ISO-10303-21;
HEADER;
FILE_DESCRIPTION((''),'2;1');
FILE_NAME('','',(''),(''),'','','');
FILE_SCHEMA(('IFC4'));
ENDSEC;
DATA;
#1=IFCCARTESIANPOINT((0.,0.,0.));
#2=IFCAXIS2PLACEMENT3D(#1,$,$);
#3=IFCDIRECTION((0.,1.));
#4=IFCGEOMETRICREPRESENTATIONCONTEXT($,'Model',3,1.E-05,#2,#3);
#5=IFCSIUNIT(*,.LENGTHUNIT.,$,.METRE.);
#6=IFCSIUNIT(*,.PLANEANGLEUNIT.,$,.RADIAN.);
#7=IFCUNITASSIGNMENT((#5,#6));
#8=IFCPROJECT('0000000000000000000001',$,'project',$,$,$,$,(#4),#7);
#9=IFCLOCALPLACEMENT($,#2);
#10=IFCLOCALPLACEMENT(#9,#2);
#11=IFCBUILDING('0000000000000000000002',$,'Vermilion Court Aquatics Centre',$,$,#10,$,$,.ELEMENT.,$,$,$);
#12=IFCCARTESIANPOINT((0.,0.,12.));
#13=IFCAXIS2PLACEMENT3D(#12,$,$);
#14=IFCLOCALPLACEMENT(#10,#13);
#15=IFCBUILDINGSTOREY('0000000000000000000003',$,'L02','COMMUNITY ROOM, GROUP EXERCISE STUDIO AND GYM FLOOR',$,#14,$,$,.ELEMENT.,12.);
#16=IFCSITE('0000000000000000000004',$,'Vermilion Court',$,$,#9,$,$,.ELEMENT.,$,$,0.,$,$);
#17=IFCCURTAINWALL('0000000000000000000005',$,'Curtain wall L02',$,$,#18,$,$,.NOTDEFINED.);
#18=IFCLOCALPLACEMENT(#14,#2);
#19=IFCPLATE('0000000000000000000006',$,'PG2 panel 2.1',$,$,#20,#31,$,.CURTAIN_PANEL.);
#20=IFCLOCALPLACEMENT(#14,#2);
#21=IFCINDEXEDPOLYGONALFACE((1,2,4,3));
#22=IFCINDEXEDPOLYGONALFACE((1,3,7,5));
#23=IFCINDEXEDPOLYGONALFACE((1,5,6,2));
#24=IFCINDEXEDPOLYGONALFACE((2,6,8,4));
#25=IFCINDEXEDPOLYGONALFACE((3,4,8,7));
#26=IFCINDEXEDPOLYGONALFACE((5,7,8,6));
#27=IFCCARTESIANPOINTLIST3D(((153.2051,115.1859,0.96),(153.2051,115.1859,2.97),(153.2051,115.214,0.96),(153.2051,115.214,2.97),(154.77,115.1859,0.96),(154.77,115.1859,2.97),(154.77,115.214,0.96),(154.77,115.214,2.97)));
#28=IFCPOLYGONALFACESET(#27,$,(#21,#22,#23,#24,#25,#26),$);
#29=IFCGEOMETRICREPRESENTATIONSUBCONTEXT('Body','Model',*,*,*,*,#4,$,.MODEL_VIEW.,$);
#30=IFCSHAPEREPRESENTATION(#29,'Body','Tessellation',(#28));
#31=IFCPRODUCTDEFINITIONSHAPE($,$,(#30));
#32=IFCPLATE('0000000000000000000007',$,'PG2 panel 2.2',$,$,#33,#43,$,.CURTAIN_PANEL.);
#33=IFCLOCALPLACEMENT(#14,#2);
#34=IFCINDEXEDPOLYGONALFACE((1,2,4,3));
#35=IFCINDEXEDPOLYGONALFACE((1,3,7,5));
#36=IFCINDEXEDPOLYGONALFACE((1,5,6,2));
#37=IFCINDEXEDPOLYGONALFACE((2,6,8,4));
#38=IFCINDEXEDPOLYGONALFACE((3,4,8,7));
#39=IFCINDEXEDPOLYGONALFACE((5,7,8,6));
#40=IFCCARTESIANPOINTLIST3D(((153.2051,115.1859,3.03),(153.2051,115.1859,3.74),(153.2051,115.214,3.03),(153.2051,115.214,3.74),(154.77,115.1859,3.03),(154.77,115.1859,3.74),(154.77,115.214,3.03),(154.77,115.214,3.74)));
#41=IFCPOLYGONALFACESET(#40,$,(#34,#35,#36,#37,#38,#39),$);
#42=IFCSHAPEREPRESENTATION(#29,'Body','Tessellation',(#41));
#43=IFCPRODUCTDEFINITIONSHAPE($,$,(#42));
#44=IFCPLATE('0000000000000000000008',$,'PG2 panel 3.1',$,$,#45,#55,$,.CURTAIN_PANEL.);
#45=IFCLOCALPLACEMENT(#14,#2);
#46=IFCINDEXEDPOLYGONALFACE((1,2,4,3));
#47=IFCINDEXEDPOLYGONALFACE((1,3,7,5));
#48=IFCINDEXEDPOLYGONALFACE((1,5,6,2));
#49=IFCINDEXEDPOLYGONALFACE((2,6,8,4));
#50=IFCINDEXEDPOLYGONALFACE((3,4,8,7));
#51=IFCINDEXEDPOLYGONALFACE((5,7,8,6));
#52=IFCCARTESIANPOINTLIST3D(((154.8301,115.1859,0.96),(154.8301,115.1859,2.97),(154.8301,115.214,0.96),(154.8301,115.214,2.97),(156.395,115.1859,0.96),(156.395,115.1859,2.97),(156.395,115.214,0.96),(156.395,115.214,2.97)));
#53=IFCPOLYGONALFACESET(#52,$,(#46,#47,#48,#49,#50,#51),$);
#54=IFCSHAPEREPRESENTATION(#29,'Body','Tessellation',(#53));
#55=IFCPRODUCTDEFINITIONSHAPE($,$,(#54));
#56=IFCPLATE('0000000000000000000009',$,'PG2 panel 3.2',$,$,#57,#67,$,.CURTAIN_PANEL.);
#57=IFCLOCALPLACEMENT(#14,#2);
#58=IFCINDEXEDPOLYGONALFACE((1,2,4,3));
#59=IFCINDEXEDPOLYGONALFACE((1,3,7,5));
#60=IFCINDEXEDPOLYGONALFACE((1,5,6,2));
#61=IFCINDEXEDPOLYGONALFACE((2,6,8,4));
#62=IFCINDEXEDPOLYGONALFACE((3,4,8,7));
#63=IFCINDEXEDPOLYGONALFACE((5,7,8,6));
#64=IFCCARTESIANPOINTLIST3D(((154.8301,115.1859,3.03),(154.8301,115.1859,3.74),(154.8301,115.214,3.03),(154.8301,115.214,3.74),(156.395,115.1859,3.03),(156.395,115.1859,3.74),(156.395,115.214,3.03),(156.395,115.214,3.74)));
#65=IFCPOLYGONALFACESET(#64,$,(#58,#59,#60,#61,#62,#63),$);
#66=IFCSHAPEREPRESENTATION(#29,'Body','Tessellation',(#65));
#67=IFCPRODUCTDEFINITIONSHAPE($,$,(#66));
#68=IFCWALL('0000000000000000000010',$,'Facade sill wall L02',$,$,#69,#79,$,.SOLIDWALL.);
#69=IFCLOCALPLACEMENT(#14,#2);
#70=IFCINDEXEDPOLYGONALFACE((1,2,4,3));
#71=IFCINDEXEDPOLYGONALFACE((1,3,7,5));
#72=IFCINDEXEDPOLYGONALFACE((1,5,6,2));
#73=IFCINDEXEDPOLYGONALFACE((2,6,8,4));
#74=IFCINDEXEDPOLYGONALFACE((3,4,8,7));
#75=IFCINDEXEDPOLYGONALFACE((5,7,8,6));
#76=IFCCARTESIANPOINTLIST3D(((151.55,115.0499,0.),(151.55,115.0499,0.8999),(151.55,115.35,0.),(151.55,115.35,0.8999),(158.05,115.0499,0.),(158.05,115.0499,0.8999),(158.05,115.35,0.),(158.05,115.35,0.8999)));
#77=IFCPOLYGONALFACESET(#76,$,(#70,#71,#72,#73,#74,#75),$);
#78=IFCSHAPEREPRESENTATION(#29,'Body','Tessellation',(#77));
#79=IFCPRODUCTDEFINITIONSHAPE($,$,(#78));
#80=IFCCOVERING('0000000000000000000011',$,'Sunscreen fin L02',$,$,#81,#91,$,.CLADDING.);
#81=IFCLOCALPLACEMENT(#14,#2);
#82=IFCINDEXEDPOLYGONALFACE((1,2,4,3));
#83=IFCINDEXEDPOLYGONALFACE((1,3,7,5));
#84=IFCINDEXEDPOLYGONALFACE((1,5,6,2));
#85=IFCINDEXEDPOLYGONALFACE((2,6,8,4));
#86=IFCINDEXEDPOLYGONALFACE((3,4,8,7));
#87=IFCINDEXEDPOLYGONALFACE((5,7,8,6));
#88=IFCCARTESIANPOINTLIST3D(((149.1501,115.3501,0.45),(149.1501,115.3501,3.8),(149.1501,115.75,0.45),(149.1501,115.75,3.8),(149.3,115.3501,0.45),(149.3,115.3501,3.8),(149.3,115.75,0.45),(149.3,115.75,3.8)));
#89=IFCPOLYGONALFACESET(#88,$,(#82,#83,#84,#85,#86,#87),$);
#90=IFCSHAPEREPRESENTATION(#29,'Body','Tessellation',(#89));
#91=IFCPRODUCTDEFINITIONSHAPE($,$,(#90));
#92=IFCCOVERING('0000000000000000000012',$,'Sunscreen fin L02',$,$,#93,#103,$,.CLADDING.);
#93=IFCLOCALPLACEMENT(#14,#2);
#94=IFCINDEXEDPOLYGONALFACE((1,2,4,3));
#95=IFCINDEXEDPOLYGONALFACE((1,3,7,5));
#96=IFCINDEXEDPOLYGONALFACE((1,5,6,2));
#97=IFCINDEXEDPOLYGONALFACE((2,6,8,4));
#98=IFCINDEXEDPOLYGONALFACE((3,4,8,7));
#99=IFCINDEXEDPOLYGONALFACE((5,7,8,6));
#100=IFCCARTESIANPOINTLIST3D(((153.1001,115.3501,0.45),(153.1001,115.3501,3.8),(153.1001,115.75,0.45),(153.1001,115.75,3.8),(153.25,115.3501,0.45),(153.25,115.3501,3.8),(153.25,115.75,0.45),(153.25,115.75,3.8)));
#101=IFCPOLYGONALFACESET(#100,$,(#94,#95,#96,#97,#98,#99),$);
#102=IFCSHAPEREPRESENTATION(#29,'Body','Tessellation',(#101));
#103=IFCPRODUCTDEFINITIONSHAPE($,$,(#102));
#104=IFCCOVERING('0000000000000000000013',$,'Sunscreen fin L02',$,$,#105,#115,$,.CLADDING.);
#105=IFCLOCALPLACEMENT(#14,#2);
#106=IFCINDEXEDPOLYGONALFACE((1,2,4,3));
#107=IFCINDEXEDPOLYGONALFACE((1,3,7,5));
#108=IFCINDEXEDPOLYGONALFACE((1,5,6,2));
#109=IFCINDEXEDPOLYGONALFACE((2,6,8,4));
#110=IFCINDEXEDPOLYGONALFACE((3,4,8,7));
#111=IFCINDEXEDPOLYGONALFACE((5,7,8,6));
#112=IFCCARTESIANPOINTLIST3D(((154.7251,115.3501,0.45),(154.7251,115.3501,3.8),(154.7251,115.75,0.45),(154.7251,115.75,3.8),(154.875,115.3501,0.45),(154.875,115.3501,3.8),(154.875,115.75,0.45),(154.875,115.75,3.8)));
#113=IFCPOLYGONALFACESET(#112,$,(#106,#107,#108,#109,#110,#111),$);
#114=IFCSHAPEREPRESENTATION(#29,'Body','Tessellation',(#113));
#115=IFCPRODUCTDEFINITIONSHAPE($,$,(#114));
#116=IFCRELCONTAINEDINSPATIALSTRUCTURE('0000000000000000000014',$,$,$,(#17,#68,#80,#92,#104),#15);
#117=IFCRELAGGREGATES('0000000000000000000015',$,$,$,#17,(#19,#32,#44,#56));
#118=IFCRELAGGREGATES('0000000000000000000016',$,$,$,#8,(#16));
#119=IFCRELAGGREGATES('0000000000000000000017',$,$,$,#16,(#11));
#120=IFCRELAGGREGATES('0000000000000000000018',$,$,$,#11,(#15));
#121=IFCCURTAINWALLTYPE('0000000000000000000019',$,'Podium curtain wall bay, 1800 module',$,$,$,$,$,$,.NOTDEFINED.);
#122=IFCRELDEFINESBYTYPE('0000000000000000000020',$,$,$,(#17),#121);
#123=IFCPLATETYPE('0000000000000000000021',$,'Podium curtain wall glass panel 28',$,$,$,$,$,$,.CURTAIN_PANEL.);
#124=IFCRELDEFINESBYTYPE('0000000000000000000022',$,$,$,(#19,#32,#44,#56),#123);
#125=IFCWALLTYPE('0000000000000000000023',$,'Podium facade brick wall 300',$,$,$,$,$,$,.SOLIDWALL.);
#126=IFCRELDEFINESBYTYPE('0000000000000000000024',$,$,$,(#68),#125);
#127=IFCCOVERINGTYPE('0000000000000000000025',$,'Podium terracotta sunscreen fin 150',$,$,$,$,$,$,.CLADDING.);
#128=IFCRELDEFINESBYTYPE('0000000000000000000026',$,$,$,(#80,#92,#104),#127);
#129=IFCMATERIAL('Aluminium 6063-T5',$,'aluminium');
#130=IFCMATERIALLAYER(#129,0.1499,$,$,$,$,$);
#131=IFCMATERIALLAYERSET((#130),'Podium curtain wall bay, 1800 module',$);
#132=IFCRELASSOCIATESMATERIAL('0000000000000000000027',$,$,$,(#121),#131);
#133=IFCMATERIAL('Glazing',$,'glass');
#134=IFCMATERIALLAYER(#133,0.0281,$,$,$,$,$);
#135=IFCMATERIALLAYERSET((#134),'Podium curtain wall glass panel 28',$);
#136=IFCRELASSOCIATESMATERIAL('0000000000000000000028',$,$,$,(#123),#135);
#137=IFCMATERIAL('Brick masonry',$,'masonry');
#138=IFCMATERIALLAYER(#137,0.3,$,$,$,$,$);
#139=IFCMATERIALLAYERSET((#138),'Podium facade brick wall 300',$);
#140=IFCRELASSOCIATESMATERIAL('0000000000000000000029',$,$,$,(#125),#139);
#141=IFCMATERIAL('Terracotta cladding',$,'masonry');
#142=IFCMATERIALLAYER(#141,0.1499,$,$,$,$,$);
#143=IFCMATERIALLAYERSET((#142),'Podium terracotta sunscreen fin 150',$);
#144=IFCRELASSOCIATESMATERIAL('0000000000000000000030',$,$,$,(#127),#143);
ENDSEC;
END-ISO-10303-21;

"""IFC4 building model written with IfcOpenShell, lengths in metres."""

from ifc_helpers import new_model, si_unit, direction, frame, frame_2d, origin, origin_2d, place, context, subcontext, project, spatial, rectangle, extrude, material, layer, layer_set, type_object, element, aggregate, save


model = new_model("IFC4")

# Units and contexts
model_context = context("Model", 3, precision=1e-05, world=origin(), true_north=direction((0.0, 1.0)))
body_context = subcontext(model_context, "Body", "Model", "MODEL_VIEW")
ifc_project = project(units=[si_unit("LENGTHUNIT", "METRE"), si_unit("PLANEANGLEUNIT", "RADIAN")], contexts=[model_context])

# Site, building, storey
site_placement = place(None, origin())
site = spatial("IfcSite", under=ifc_project, at=site_placement, Name="Vermilion Court", CompositionType="ELEMENT", RefElevation=0.0)
building_placement = place(site_placement, origin())
building = spatial("IfcBuilding", under=site, at=building_placement, Name="Vermilion Court Aquatics Centre", CompositionType="ELEMENT")
storey_placement = place(building_placement, frame((0.0, 0.0, 12.0)))
storey = spatial("IfcBuildingStorey", under=building, at=storey_placement, Name="L02", Description="COMMUNITY ROOM, GROUP EXERCISE STUDIO AND GYM FLOOR", CompositionType="ELEMENT", Elevation=12.0)

# Curtain wall
ifc_material_1 = material(Name="Aluminium 6063-T5", Category="aluminium")
ifc_layer_1 = layer(ifc_material_1, 0.1499)
ifc_layer_set_1 = layer_set([ifc_layer_1], Name="Podium curtain wall bay, 1800 module")
curtain_wall_type = type_object("IfcCurtainWallType", Name="Podium curtain wall bay, 1800 module", PredefinedType="NOTDEFINED", material=ifc_layer_set_1)
curtain_wall_1_placement = place(storey_placement, origin())
curtain_wall_1 = element("IfcCurtainWall", 1, at=curtain_wall_1_placement, inside=storey, type_object=curtain_wall_type, Name="Curtain wall L02", PredefinedType="NOTDEFINED")

# Plates
ifc_material_2 = material(Name="Glazing", Category="glass")
ifc_layer_2 = layer(ifc_material_2, 0.0281)
ifc_layer_set_2 = layer_set([ifc_layer_2], Name="Podium curtain wall glass panel 28")
plate_type = type_object("IfcPlateType", Name="Podium curtain wall glass panel 28", PredefinedType="CURTAIN_PANEL", material=ifc_layer_set_2)
plate_1_placement = place(storey_placement, frame((153.9875, 115.2, 0.96), z_axis=(0.0, 0.0, 1.0), x_axis=(1.0, 0.0, 0.0)))
plate_1 = element("IfcPlate", 2, at=plate_1_placement, type_object=plate_type, Name="PG2 panel 2.1", PredefinedType="CURTAIN_PANEL", context=body_context, shape_type="SweptSolid", body=[
    extrude(rectangle(XDim=1.5649, YDim=0.0281, at=origin_2d()), origin(), (0.0, 0.0, 1.0), 2.01),
])
plate_2_placement = place(storey_placement, frame((153.9875, 115.2, 3.03), z_axis=(0.0, 0.0, 1.0), x_axis=(1.0, 0.0, 0.0)))
plate_2 = element("IfcPlate", 3, at=plate_2_placement, type_object=plate_type, Name="PG2 panel 2.2", PredefinedType="CURTAIN_PANEL", context=body_context, shape_type="SweptSolid", body=[
    extrude(rectangle(XDim=1.5649, YDim=0.0281, at=origin_2d()), origin(), (0.0, 0.0, 1.0), 0.71),
])
plate_3_placement = place(storey_placement, frame((155.6125, 115.2, 0.96), z_axis=(0.0, 0.0, 1.0), x_axis=(1.0, 0.0, 0.0)))
plate_3 = element("IfcPlate", 4, at=plate_3_placement, type_object=plate_type, Name="PG2 panel 3.1", PredefinedType="CURTAIN_PANEL", context=body_context, shape_type="SweptSolid", body=[
    extrude(rectangle(XDim=1.5649, YDim=0.0281, at=origin_2d()), origin(), (0.0, 0.0, 1.0), 2.01),
])
plate_4_placement = place(storey_placement, frame((155.6125, 115.2, 3.03), z_axis=(0.0, 0.0, 1.0), x_axis=(1.0, 0.0, 0.0)))
plate_4 = element("IfcPlate", 5, at=plate_4_placement, type_object=plate_type, Name="PG2 panel 3.2", PredefinedType="CURTAIN_PANEL", context=body_context, shape_type="SweptSolid", body=[
    extrude(rectangle(XDim=1.5649, YDim=0.0281, at=origin_2d()), origin(), (0.0, 0.0, 1.0), 0.71),
])
aggregate(curtain_wall_1, [plate_1, plate_2, plate_3, plate_4])

# Wall
ifc_material_3 = material(Name="Brick masonry", Category="masonry")
ifc_layer_3 = layer(ifc_material_3, 0.3)
ifc_layer_set_3 = layer_set([ifc_layer_3], Name="Podium facade brick wall 300")
wall_type = type_object("IfcWallType", Name="Podium facade brick wall 300", PredefinedType="SOLIDWALL", material=ifc_layer_set_3)
wall_placement = place(storey_placement, frame((151.55, 115.2, 0.0), z_axis=(0.0, 0.0, 1.0), x_axis=(1.0, 0.0, 0.0)))
element("IfcWall", 6, at=wall_placement, inside=storey, type_object=wall_type, Name="Facade sill wall L02", PredefinedType="SOLIDWALL", context=body_context, shape_type="SweptSolid", body=[
    extrude(rectangle(XDim=6.5, YDim=0.3, at=frame_2d((3.25, 0.0))), origin(), (0.0, 0.0, 1.0), 0.8999),
])

# Coverings
ifc_material_4 = material(Name="Terracotta cladding", Category="masonry")
ifc_layer_4 = layer(ifc_material_4, 0.1499)
ifc_layer_set_4 = layer_set([ifc_layer_4], Name="Podium terracotta sunscreen fin 150")
covering_type = type_object("IfcCoveringType", Name="Podium terracotta sunscreen fin 150", PredefinedType="CLADDING", material=ifc_layer_set_4)
for number, where, z_axis, x_axis, name in (
    (7, (149.2251, 115.3501, 0.45), (0.0, 0.0, 1.0), (0.0, 1.0, 0.0), "Sunscreen fin L02"),
    (8, (153.175, 115.3501, 0.45), (0.0, 0.0, 1.0), (0.0, 1.0, 0.0), "Sunscreen fin L02"),
    (9, (154.8, 115.3501, 0.45), (0.0, 0.0, 1.0), (0.0, 1.0, 0.0), "Sunscreen fin L02"),
):
    element("IfcCovering", number, at=place(storey_placement, frame(where, z_axis=z_axis, x_axis=x_axis)), inside=storey, type_object=covering_type, Name=name, PredefinedType="CLADDING", context=body_context, shape_type="SweptSolid", body=[
        extrude(rectangle(XDim=0.3999, YDim=0.1499, at=frame_2d((0.2, 0.0))), origin(), (0.0, 0.0, 1.0), 3.3501),
    ])

save(model, "model.ifc")
